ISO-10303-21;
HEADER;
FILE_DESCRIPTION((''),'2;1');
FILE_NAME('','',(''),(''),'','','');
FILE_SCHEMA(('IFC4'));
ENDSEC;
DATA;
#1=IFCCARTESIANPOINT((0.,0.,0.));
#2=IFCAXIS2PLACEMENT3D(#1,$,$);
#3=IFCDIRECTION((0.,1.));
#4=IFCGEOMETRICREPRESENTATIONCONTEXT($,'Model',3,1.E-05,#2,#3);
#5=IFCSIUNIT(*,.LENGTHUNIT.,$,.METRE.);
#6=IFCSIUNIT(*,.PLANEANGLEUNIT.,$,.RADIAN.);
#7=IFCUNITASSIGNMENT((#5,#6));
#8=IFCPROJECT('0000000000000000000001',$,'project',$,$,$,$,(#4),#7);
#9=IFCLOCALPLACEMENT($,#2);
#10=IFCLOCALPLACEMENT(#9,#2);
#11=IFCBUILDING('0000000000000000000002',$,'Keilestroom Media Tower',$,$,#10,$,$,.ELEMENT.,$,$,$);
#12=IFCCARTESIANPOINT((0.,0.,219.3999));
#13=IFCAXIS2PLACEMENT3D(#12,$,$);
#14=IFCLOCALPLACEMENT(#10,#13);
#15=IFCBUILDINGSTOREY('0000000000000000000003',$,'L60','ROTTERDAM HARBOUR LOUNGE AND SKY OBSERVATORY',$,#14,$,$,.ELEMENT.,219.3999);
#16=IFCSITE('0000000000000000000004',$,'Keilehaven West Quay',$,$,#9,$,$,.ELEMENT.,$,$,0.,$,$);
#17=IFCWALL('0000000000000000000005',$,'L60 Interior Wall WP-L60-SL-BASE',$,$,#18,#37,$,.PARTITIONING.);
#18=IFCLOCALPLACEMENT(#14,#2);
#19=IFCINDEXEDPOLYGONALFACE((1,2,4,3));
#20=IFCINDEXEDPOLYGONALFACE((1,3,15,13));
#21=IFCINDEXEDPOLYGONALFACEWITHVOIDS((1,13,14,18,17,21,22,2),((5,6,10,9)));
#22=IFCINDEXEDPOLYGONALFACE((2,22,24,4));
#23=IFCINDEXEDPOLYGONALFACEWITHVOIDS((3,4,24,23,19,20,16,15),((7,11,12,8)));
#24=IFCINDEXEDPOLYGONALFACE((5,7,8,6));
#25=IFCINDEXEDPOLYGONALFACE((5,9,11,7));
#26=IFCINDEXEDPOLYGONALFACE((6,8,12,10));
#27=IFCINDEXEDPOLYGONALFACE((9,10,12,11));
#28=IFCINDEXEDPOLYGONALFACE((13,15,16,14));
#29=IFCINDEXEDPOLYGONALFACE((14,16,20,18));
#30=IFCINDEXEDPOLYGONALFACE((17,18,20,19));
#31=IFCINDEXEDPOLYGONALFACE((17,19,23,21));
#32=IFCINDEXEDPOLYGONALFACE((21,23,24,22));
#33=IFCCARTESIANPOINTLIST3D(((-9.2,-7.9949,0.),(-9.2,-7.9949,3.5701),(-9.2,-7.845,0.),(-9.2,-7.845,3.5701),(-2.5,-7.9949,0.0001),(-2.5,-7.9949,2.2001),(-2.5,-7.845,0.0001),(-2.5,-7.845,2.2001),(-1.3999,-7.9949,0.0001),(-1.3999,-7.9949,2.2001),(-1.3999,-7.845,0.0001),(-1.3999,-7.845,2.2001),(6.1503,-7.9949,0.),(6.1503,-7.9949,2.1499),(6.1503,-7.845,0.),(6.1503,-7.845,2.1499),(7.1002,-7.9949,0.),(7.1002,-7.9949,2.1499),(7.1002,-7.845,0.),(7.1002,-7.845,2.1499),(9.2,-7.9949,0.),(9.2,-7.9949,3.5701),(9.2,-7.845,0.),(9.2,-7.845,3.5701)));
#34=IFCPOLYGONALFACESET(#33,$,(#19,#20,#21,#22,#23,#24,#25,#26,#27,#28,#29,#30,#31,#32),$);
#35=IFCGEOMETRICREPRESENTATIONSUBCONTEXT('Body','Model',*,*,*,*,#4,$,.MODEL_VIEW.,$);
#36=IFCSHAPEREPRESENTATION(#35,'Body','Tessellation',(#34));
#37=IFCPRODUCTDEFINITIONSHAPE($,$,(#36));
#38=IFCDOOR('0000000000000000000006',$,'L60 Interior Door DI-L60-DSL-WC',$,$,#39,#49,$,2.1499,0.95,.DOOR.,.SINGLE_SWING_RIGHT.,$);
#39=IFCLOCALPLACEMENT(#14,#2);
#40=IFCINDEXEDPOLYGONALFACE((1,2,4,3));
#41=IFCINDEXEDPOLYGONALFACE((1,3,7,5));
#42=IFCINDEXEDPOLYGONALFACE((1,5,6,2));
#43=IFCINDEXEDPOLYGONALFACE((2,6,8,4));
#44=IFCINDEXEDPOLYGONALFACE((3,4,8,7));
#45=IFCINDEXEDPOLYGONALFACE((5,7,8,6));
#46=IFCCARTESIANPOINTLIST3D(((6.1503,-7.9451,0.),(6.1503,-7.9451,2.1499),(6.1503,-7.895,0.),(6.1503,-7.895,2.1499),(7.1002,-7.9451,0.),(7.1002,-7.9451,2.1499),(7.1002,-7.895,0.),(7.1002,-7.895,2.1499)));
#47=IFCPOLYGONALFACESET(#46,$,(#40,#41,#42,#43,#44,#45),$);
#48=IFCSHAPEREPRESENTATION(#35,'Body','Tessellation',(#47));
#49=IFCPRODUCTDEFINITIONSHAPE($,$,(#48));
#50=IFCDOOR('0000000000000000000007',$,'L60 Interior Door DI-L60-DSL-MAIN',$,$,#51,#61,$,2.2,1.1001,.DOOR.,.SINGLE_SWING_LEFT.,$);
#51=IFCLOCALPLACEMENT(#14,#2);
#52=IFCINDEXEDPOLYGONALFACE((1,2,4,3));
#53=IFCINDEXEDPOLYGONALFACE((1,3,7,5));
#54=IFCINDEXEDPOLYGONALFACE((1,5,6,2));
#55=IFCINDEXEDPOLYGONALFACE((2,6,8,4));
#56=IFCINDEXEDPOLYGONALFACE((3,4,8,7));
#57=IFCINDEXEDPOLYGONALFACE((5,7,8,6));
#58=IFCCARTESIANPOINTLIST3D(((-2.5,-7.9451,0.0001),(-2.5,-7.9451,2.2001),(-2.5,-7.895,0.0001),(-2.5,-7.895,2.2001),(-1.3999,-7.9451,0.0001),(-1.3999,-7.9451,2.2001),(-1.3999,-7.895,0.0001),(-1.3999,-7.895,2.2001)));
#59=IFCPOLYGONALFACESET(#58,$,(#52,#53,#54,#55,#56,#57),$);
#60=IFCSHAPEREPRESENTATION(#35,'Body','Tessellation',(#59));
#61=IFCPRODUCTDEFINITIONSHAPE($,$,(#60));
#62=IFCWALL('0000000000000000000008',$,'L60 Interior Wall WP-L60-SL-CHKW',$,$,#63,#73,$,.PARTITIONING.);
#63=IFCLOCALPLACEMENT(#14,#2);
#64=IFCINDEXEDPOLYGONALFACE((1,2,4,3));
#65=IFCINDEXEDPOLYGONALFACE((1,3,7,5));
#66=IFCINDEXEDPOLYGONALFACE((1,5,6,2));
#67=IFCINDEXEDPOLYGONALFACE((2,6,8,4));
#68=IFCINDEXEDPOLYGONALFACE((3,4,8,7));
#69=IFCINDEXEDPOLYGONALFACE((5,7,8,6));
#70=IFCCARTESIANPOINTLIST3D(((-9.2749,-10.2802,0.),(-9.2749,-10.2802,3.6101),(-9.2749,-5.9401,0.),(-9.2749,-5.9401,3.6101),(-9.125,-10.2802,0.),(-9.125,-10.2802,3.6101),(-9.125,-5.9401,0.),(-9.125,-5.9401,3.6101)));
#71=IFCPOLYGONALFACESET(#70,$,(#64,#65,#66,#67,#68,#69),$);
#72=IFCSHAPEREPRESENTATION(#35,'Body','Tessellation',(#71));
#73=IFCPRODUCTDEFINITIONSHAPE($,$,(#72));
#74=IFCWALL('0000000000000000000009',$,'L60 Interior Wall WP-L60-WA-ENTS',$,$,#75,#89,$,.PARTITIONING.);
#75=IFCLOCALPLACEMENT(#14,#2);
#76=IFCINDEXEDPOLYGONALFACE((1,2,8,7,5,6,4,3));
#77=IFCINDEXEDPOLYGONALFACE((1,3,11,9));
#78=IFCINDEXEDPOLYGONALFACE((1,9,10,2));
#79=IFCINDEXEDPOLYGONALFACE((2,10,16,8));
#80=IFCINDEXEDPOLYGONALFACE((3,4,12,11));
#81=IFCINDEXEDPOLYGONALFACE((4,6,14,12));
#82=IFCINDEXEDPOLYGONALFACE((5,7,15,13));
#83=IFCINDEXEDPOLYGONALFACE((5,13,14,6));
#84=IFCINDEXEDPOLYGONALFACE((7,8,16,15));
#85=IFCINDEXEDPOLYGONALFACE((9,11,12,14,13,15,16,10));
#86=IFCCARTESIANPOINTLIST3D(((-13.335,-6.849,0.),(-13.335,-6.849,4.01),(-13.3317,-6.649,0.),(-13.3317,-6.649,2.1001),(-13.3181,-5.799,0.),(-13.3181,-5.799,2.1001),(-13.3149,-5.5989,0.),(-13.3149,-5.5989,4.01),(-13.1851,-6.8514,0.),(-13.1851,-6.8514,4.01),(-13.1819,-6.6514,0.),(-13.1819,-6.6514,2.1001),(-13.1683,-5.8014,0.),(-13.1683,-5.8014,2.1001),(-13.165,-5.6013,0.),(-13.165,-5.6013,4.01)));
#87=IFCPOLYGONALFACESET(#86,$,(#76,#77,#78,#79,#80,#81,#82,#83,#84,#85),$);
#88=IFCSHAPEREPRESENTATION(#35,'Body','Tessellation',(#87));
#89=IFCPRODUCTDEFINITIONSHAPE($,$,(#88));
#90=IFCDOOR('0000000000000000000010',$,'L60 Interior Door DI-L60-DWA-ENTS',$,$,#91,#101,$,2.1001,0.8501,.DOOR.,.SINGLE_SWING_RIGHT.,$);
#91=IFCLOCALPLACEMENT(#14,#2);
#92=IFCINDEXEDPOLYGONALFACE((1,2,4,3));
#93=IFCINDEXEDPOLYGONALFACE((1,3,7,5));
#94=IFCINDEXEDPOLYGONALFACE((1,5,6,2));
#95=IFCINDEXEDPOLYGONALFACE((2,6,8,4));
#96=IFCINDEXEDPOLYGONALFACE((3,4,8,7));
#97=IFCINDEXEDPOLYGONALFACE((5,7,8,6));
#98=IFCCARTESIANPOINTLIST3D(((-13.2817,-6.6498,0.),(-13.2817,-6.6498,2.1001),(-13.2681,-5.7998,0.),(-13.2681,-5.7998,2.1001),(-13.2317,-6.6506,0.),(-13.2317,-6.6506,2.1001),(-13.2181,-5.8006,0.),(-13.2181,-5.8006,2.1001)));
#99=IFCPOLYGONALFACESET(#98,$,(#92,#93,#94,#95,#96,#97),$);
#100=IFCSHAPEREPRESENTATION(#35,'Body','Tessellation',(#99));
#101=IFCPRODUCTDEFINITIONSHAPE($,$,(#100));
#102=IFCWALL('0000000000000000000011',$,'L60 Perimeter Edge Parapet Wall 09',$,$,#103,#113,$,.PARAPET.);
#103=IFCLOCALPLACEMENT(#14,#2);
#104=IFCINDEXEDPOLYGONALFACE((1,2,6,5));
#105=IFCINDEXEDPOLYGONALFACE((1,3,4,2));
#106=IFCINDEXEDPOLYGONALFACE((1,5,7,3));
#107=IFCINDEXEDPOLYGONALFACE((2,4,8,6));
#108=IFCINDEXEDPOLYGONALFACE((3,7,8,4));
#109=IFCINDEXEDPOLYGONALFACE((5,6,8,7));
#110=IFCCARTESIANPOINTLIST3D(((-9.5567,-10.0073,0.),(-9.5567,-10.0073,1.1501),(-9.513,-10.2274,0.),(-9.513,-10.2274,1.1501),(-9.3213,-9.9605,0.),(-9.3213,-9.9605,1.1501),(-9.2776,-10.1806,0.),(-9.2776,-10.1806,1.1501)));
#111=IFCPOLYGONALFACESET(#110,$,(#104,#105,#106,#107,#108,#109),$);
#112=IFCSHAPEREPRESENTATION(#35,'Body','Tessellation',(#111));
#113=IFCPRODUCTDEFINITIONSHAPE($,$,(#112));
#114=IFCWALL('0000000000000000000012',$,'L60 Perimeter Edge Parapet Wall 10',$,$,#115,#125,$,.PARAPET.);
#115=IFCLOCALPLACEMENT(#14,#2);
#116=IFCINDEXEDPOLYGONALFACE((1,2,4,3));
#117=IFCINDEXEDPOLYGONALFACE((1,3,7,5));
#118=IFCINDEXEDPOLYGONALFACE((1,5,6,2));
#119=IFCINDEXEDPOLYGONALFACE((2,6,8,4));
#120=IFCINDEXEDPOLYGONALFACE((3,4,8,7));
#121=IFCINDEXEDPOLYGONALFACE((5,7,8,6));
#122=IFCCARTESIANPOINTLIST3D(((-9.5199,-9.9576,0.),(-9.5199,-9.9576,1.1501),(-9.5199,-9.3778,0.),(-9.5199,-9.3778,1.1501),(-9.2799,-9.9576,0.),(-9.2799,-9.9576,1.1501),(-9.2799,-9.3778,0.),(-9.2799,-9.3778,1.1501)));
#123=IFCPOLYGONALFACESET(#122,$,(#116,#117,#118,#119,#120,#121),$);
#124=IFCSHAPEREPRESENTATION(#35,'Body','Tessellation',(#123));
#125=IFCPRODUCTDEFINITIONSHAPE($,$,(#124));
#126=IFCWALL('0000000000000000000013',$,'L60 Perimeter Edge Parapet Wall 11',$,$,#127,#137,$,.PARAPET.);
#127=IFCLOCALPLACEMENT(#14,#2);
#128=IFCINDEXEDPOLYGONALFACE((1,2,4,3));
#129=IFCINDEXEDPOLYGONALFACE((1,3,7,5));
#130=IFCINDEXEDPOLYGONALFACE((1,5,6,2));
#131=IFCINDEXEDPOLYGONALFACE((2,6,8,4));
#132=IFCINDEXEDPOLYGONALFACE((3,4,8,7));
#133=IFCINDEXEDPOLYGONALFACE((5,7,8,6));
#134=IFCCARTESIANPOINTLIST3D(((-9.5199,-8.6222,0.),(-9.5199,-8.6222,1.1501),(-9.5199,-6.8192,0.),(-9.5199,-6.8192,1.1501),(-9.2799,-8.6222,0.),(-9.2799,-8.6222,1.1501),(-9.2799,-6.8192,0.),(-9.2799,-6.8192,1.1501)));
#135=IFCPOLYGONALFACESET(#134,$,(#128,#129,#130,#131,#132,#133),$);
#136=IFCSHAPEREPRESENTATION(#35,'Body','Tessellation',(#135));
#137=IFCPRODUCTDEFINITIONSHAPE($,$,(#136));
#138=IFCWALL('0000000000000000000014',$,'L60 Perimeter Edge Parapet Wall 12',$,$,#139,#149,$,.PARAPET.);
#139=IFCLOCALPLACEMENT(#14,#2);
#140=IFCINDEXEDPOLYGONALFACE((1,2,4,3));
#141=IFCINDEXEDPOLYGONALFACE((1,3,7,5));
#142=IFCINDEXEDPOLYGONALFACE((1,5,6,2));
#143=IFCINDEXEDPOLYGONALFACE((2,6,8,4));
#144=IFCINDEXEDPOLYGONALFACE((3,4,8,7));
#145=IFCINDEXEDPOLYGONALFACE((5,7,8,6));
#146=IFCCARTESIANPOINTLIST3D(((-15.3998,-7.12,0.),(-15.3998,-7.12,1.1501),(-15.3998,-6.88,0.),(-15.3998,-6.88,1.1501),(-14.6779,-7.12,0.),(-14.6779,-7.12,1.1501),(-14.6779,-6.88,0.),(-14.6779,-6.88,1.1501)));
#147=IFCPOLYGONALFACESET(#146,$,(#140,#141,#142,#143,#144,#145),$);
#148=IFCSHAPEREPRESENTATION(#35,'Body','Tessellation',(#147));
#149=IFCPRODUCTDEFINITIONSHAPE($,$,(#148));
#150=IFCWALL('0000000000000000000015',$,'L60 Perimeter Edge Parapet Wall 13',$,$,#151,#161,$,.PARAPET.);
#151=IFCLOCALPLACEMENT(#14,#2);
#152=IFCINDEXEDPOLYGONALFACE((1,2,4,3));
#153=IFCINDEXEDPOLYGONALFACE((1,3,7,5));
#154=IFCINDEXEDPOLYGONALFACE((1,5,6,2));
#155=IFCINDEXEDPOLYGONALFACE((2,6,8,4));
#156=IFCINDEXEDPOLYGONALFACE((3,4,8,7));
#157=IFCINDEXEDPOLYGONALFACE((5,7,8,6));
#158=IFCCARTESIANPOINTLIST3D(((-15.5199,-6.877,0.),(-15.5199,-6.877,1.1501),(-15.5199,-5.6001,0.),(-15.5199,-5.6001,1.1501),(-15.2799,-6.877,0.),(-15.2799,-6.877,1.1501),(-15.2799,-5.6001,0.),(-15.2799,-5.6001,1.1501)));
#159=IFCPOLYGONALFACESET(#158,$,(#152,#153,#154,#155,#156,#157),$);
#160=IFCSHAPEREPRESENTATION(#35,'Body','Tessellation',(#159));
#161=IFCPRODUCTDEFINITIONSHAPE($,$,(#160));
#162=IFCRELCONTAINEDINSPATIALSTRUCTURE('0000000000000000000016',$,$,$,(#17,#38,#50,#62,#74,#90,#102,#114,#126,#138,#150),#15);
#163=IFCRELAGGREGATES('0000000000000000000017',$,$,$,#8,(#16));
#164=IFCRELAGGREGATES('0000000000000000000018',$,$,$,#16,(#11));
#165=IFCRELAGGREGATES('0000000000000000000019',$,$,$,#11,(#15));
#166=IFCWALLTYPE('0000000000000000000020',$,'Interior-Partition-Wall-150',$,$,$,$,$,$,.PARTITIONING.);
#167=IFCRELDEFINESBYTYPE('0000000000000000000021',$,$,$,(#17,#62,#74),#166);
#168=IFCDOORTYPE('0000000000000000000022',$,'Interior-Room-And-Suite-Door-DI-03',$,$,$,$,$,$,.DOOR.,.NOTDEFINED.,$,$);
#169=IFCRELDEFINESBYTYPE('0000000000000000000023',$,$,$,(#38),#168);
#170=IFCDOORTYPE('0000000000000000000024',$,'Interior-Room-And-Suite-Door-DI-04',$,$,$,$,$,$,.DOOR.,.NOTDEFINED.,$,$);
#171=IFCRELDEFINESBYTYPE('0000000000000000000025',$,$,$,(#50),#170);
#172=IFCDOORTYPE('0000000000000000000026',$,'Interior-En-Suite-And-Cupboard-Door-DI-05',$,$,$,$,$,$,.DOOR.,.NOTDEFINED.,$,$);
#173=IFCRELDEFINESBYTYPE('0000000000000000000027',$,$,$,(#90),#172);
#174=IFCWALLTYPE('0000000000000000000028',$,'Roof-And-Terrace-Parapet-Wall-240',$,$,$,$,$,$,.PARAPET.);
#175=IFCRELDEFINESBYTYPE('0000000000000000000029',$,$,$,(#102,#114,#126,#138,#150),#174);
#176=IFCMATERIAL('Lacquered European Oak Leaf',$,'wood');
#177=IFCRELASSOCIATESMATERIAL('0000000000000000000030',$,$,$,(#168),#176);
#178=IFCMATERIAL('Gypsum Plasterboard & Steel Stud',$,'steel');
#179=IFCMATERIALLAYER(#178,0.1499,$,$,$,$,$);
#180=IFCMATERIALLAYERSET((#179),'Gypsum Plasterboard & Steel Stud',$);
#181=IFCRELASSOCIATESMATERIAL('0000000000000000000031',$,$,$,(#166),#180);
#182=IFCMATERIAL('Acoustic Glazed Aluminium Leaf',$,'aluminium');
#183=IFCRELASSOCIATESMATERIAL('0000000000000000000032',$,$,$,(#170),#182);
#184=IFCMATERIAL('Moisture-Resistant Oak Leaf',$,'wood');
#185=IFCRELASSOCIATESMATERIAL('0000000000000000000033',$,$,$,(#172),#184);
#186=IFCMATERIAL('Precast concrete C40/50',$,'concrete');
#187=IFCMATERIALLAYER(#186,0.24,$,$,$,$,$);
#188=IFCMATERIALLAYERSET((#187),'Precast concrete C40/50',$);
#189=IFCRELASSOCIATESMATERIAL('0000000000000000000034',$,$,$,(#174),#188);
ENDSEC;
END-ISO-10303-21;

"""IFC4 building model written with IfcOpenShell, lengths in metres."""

from ifc_helpers import new_model, si_unit, direction, frame, frame_2d, origin, place, context, subcontext, project, spatial, rectangle, extrude, source, transform, mapped, material, layer, layer_set, type_object, element, fill, save


model = new_model("IFC4")

# Units and contexts
model_context = context("Model", 3, precision=1e-05, world=origin(), true_north=direction((0.0, 1.0)))
body_context = subcontext(model_context, "Body", "Model", "MODEL_VIEW")
ifc_project = project(units=[si_unit("LENGTHUNIT", "METRE"), si_unit("PLANEANGLEUNIT", "RADIAN")], contexts=[model_context])

# Site, building, storey
site_placement = place(None, origin())
site = spatial("IfcSite", under=ifc_project, at=site_placement, Name="Keilehaven West Quay", CompositionType="ELEMENT", RefElevation=0.0)
building_placement = place(site_placement, origin())
building = spatial("IfcBuilding", under=site, at=building_placement, Name="Keilestroom Media Tower", CompositionType="ELEMENT")
storey_placement = place(building_placement, frame((0.0, 0.0, 219.3999)))
storey = spatial("IfcBuildingStorey", under=building, at=storey_placement, Name="L60", Description="ROTTERDAM HARBOUR LOUNGE AND SKY OBSERVATORY", CompositionType="ELEMENT", Elevation=219.3999)

# Shared definitions
ifc_material_1 = material(Name="Precast concrete C40/50", Category="concrete")

# Shared definitions
ifc_material_2 = material(Name="Gypsum Plasterboard & Steel Stud", Category="steel")
ifc_material_3 = material(Name="Lacquered European Oak Leaf", Category="wood")
door_type_1 = type_object("IfcDoorType", Name="Interior-Room-And-Suite-Door-DI-03", OperationType="NOTDEFINED", PredefinedType="DOOR", material=ifc_material_3)
shared_shape_1 = source(origin(), body_context, "Body", "SweptSolid", [
    extrude(rectangle(XDim=0.95, YDim=2.1499, at=frame_2d((0.4751, 1.075))), frame((0.0, 0.0249, 0.0), z_axis=(0.0, -1.0, 0.0), x_axis=(1.0, 0.0, 0.0)), (0.0, 0.0, 1.0), 0.05),
])

# Wall, openings, doors
ifc_layer_1 = layer(ifc_material_2, 0.1499)
ifc_layer_set_1 = layer_set([ifc_layer_1], Name="Gypsum Plasterboard & Steel Stud")
wall_type_1 = type_object("IfcWallType", Name="Interior-Partition-Wall-150", PredefinedType="PARTITIONING", material=ifc_layer_set_1)
wall_1_placement = place(storey_placement, frame((-9.2, -7.9199, 0.0), z_axis=(0.0, 0.0, 1.0), x_axis=(1.0, 0.0, 0.0)))
wall_1 = element("IfcWall", 1, at=wall_1_placement, inside=storey, type_object=wall_type_1, Name="L60 Interior Wall WP-L60-SL-BASE", PredefinedType="PARTITIONING", context=body_context, shape_type="SweptSolid", body=[
    extrude(rectangle(XDim=18.3999, YDim=0.1499, at=frame_2d((9.2, 0.0))), origin(), (0.0, 0.0, 1.0), 3.5701),
])
opening_1_placement = place(wall_1_placement, frame((15.3501, 0.0, 0.0)))
opening_1 = element("IfcOpeningElement", 2, at=opening_1_placement, cuts=wall_1, PredefinedType="OPENING", context=body_context, shape_type="SweptSolid", body=[
    extrude(rectangle(XDim=0.95, YDim=2.1499, at=frame_2d((0.4751, 1.075))), frame((0.0, 0.085, 0.0), z_axis=(0.0, -1.0, 0.0), x_axis=(1.0, 0.0, 0.0)), (0.0, 0.0, 1.0), 0.1699),
])
opening_2_placement = place(wall_1_placement, frame((6.7, 0.0, 0.0)))
opening_2 = element("IfcOpeningElement", 3, at=opening_2_placement, cuts=wall_1, PredefinedType="OPENING", context=body_context, shape_type="SweptSolid", body=[
    extrude(rectangle(XDim=1.1001, YDim=2.2, at=frame_2d((0.55, 1.1001))), frame((0.0, 0.085, 0.0), z_axis=(0.0, -1.0, 0.0), x_axis=(1.0, 0.0, 0.0)), (0.0, 0.0, 1.0), 0.1699),
])
door_1_placement = place(opening_1_placement, origin())
door_1 = element("IfcDoor", 4, at=door_1_placement, inside=storey, type_object=door_type_1, Name="L60 Interior Door DI-L60-DSL-WC", OperationType="SINGLE_SWING_RIGHT", OverallHeight=2.1499, OverallWidth=0.95, PredefinedType="DOOR", context=body_context, shape_type="MappedRepresentation", body=[
    mapped(shared_shape_1, transform((0.0, 0.0, 0.0), x_axis=(1.0, 0.0, 0.0), y_axis=(0.0, 1.0, 0.0), z_axis=(0.0, 0.0, 1.0), scale=1.0)),
])
fill(opening_1, door_1)
ifc_material_4 = material(Name="Acoustic Glazed Aluminium Leaf", Category="aluminium")
door_type_2 = type_object("IfcDoorType", Name="Interior-Room-And-Suite-Door-DI-04", OperationType="NOTDEFINED", PredefinedType="DOOR", material=ifc_material_4)
shared_shape_2 = source(origin(), body_context, "Body", "SweptSolid", [
    extrude(rectangle(XDim=1.1001, YDim=2.2, at=frame_2d((0.55, 1.1001))), frame((0.0, 0.0249, 0.0), z_axis=(0.0, -1.0, 0.0), x_axis=(1.0, 0.0, 0.0)), (0.0, 0.0, 1.0), 0.05),
])
door_2_placement = place(opening_2_placement, origin())
door_2 = element("IfcDoor", 5, at=door_2_placement, inside=storey, type_object=door_type_2, Name="L60 Interior Door DI-L60-DSL-MAIN", OperationType="SINGLE_SWING_LEFT", OverallHeight=2.2, OverallWidth=1.1001, PredefinedType="DOOR", context=body_context, shape_type="MappedRepresentation", body=[
    mapped(shared_shape_2, transform((0.0, 0.0, 0.0), x_axis=(1.0, 0.0, 0.0), y_axis=(0.0, 1.0, 0.0), z_axis=(0.0, 0.0, 1.0), scale=1.0)),
])
fill(opening_2, door_2)

# Wall
wall_2_placement = place(storey_placement, frame((-9.2, -10.28, 0.0), z_axis=(0.0, 0.0, 1.0), x_axis=(0.0, 1.0, 0.0)))
element("IfcWall", 6, at=wall_2_placement, inside=storey, type_object=wall_type_1, Name="L60 Interior Wall WP-L60-SL-CHKW", PredefinedType="PARTITIONING", context=body_context, shape_type="SweptSolid", body=[
    extrude(rectangle(XDim=4.3401, YDim=0.1499, at=frame_2d((2.1699, 0.0))), origin(), (0.0, 0.0, 1.0), 3.6101),
])

# Wall, opening, door
wall_3_placement = place(storey_placement, frame((-13.26, -6.8501, 0.0), z_axis=(0.0, 0.0, 1.0), x_axis=(0.016014, 0.999872, 0.0)))
wall_3 = element("IfcWall", 7, at=wall_3_placement, inside=storey, type_object=wall_type_1, Name="L60 Interior Wall WP-L60-WA-ENTS", PredefinedType="PARTITIONING", context=body_context, shape_type="SweptSolid", body=[
    extrude(rectangle(XDim=1.2502, YDim=0.1499, at=frame_2d((0.625, 0.0))), origin(), (0.0, 0.0, 1.0), 4.01),
])
opening_3_placement = place(wall_3_placement, frame((0.2, 0.0, 0.0)))
opening_3 = element("IfcOpeningElement", 8, at=opening_3_placement, cuts=wall_3, PredefinedType="OPENING", context=body_context, shape_type="SweptSolid", body=[
    extrude(rectangle(XDim=0.8501, YDim=2.1001, at=frame_2d((0.425, 1.05))), frame((0.0, 0.085, 0.0), z_axis=(0.0, -1.0, 0.0), x_axis=(1.0, 0.0, 0.0)), (0.0, 0.0, 1.0), 0.1699),
])
ifc_material_5 = material(Name="Moisture-Resistant Oak Leaf", Category="wood")
door_type_3 = type_object("IfcDoorType", Name="Interior-En-Suite-And-Cupboard-Door-DI-05", OperationType="NOTDEFINED", PredefinedType="DOOR", material=ifc_material_5)
shared_shape_3 = source(origin(), body_context, "Body", "SweptSolid", [
    extrude(rectangle(XDim=0.8501, YDim=2.1001, at=frame_2d((0.425, 1.05))), frame((0.0, 0.0249, 0.0), z_axis=(0.0, -1.0, 0.0), x_axis=(1.0, 0.0, 0.0)), (0.0, 0.0, 1.0), 0.05),
])
door_3_placement = place(opening_3_placement, origin())
door_3 = element("IfcDoor", 9, at=door_3_placement, inside=storey, type_object=door_type_3, Name="L60 Interior Door DI-L60-DWA-ENTS", OperationType="SINGLE_SWING_RIGHT", OverallHeight=2.1001, OverallWidth=0.8501, PredefinedType="DOOR", context=body_context, shape_type="MappedRepresentation", body=[
    mapped(shared_shape_3, transform((0.0, 0.0, 0.0), x_axis=(1.0, 0.0, 0.0), y_axis=(0.0, 1.0, 0.0), z_axis=(0.0, 0.0, 1.0), scale=1.0)),
])
fill(opening_3, door_3)

# Walls
ifc_layer_2 = layer(ifc_material_1, 0.24)
ifc_layer_set_2 = layer_set([ifc_layer_2], Name="Precast concrete C40/50")
wall_type_2 = type_object("IfcWallType", Name="Roof-And-Terrace-Parapet-Wall-240", PredefinedType="PARAPET", material=ifc_layer_set_2)
wall_4_placement = place(storey_placement, frame((-9.3953, -10.2041, 0.0), z_axis=(0.0, 0.0, 1.0), x_axis=(-0.19486, 0.980831, 0.0)))
element("IfcWall", 10, at=wall_4_placement, inside=storey, type_object=wall_type_2, Name="L60 Perimeter Edge Parapet Wall 09", PredefinedType="PARAPET", context=body_context, shape_type="SweptSolid", body=[
    extrude(rectangle(XDim=0.2244, YDim=0.24, at=frame_2d((0.1123, 0.0))), origin(), (0.0, 0.0, 1.0), 1.1501),
])
wall_5_placement = place(storey_placement, frame((-9.3999, -9.9578, 0.0), z_axis=(0.0, 0.0, 1.0), x_axis=(0.0, 1.0, 0.0)))
element("IfcWall", 11, at=wall_5_placement, inside=storey, type_object=wall_type_2, Name="L60 Perimeter Edge Parapet Wall 10", PredefinedType="PARAPET", context=body_context, shape_type="SweptSolid", body=[
    extrude(rectangle(XDim=0.5798, YDim=0.24, at=frame_2d((0.29, 0.0))), origin(), (0.0, 0.0, 1.0), 1.1501),
])
wall_6_placement = place(storey_placement, frame((-9.3999, -8.6221, 0.0), z_axis=(0.0, 0.0, 1.0), x_axis=(0.0, 1.0, 0.0)))
element("IfcWall", 12, at=wall_6_placement, inside=storey, type_object=wall_type_2, Name="L60 Perimeter Edge Parapet Wall 11", PredefinedType="PARAPET", context=body_context, shape_type="SweptSolid", body=[
    extrude(rectangle(XDim=1.803, YDim=0.24, at=frame_2d((0.9014, 0.0))), origin(), (0.0, 0.0, 1.0), 1.1501),
])
wall_7_placement = place(storey_placement, frame((-14.678, -7.0, 0.0), z_axis=(0.0, 0.0, 1.0), x_axis=(-1.0, 0.0, 0.0)))
element("IfcWall", 13, at=wall_7_placement, inside=storey, type_object=wall_type_2, Name="L60 Perimeter Edge Parapet Wall 12", PredefinedType="PARAPET", context=body_context, shape_type="SweptSolid", body=[
    extrude(rectangle(XDim=0.7219, YDim=0.24, at=frame_2d((0.3608, 0.0))), origin(), (0.0, 0.0, 1.0), 1.1501),
])
wall_8_placement = place(storey_placement, frame((-15.3999, -6.877, 0.0), z_axis=(0.0, 0.0, 1.0), x_axis=(0.0, 1.0, 0.0)))
element("IfcWall", 14, at=wall_8_placement, inside=storey, type_object=wall_type_2, Name="L60 Perimeter Edge Parapet Wall 13", PredefinedType="PARAPET", context=body_context, shape_type="SweptSolid", body=[
    extrude(rectangle(XDim=1.2769, YDim=0.24, at=frame_2d((0.6384, 0.0))), origin(), (0.0, 0.0, 1.0), 1.1501),
])

save(model, "model.ifc")
